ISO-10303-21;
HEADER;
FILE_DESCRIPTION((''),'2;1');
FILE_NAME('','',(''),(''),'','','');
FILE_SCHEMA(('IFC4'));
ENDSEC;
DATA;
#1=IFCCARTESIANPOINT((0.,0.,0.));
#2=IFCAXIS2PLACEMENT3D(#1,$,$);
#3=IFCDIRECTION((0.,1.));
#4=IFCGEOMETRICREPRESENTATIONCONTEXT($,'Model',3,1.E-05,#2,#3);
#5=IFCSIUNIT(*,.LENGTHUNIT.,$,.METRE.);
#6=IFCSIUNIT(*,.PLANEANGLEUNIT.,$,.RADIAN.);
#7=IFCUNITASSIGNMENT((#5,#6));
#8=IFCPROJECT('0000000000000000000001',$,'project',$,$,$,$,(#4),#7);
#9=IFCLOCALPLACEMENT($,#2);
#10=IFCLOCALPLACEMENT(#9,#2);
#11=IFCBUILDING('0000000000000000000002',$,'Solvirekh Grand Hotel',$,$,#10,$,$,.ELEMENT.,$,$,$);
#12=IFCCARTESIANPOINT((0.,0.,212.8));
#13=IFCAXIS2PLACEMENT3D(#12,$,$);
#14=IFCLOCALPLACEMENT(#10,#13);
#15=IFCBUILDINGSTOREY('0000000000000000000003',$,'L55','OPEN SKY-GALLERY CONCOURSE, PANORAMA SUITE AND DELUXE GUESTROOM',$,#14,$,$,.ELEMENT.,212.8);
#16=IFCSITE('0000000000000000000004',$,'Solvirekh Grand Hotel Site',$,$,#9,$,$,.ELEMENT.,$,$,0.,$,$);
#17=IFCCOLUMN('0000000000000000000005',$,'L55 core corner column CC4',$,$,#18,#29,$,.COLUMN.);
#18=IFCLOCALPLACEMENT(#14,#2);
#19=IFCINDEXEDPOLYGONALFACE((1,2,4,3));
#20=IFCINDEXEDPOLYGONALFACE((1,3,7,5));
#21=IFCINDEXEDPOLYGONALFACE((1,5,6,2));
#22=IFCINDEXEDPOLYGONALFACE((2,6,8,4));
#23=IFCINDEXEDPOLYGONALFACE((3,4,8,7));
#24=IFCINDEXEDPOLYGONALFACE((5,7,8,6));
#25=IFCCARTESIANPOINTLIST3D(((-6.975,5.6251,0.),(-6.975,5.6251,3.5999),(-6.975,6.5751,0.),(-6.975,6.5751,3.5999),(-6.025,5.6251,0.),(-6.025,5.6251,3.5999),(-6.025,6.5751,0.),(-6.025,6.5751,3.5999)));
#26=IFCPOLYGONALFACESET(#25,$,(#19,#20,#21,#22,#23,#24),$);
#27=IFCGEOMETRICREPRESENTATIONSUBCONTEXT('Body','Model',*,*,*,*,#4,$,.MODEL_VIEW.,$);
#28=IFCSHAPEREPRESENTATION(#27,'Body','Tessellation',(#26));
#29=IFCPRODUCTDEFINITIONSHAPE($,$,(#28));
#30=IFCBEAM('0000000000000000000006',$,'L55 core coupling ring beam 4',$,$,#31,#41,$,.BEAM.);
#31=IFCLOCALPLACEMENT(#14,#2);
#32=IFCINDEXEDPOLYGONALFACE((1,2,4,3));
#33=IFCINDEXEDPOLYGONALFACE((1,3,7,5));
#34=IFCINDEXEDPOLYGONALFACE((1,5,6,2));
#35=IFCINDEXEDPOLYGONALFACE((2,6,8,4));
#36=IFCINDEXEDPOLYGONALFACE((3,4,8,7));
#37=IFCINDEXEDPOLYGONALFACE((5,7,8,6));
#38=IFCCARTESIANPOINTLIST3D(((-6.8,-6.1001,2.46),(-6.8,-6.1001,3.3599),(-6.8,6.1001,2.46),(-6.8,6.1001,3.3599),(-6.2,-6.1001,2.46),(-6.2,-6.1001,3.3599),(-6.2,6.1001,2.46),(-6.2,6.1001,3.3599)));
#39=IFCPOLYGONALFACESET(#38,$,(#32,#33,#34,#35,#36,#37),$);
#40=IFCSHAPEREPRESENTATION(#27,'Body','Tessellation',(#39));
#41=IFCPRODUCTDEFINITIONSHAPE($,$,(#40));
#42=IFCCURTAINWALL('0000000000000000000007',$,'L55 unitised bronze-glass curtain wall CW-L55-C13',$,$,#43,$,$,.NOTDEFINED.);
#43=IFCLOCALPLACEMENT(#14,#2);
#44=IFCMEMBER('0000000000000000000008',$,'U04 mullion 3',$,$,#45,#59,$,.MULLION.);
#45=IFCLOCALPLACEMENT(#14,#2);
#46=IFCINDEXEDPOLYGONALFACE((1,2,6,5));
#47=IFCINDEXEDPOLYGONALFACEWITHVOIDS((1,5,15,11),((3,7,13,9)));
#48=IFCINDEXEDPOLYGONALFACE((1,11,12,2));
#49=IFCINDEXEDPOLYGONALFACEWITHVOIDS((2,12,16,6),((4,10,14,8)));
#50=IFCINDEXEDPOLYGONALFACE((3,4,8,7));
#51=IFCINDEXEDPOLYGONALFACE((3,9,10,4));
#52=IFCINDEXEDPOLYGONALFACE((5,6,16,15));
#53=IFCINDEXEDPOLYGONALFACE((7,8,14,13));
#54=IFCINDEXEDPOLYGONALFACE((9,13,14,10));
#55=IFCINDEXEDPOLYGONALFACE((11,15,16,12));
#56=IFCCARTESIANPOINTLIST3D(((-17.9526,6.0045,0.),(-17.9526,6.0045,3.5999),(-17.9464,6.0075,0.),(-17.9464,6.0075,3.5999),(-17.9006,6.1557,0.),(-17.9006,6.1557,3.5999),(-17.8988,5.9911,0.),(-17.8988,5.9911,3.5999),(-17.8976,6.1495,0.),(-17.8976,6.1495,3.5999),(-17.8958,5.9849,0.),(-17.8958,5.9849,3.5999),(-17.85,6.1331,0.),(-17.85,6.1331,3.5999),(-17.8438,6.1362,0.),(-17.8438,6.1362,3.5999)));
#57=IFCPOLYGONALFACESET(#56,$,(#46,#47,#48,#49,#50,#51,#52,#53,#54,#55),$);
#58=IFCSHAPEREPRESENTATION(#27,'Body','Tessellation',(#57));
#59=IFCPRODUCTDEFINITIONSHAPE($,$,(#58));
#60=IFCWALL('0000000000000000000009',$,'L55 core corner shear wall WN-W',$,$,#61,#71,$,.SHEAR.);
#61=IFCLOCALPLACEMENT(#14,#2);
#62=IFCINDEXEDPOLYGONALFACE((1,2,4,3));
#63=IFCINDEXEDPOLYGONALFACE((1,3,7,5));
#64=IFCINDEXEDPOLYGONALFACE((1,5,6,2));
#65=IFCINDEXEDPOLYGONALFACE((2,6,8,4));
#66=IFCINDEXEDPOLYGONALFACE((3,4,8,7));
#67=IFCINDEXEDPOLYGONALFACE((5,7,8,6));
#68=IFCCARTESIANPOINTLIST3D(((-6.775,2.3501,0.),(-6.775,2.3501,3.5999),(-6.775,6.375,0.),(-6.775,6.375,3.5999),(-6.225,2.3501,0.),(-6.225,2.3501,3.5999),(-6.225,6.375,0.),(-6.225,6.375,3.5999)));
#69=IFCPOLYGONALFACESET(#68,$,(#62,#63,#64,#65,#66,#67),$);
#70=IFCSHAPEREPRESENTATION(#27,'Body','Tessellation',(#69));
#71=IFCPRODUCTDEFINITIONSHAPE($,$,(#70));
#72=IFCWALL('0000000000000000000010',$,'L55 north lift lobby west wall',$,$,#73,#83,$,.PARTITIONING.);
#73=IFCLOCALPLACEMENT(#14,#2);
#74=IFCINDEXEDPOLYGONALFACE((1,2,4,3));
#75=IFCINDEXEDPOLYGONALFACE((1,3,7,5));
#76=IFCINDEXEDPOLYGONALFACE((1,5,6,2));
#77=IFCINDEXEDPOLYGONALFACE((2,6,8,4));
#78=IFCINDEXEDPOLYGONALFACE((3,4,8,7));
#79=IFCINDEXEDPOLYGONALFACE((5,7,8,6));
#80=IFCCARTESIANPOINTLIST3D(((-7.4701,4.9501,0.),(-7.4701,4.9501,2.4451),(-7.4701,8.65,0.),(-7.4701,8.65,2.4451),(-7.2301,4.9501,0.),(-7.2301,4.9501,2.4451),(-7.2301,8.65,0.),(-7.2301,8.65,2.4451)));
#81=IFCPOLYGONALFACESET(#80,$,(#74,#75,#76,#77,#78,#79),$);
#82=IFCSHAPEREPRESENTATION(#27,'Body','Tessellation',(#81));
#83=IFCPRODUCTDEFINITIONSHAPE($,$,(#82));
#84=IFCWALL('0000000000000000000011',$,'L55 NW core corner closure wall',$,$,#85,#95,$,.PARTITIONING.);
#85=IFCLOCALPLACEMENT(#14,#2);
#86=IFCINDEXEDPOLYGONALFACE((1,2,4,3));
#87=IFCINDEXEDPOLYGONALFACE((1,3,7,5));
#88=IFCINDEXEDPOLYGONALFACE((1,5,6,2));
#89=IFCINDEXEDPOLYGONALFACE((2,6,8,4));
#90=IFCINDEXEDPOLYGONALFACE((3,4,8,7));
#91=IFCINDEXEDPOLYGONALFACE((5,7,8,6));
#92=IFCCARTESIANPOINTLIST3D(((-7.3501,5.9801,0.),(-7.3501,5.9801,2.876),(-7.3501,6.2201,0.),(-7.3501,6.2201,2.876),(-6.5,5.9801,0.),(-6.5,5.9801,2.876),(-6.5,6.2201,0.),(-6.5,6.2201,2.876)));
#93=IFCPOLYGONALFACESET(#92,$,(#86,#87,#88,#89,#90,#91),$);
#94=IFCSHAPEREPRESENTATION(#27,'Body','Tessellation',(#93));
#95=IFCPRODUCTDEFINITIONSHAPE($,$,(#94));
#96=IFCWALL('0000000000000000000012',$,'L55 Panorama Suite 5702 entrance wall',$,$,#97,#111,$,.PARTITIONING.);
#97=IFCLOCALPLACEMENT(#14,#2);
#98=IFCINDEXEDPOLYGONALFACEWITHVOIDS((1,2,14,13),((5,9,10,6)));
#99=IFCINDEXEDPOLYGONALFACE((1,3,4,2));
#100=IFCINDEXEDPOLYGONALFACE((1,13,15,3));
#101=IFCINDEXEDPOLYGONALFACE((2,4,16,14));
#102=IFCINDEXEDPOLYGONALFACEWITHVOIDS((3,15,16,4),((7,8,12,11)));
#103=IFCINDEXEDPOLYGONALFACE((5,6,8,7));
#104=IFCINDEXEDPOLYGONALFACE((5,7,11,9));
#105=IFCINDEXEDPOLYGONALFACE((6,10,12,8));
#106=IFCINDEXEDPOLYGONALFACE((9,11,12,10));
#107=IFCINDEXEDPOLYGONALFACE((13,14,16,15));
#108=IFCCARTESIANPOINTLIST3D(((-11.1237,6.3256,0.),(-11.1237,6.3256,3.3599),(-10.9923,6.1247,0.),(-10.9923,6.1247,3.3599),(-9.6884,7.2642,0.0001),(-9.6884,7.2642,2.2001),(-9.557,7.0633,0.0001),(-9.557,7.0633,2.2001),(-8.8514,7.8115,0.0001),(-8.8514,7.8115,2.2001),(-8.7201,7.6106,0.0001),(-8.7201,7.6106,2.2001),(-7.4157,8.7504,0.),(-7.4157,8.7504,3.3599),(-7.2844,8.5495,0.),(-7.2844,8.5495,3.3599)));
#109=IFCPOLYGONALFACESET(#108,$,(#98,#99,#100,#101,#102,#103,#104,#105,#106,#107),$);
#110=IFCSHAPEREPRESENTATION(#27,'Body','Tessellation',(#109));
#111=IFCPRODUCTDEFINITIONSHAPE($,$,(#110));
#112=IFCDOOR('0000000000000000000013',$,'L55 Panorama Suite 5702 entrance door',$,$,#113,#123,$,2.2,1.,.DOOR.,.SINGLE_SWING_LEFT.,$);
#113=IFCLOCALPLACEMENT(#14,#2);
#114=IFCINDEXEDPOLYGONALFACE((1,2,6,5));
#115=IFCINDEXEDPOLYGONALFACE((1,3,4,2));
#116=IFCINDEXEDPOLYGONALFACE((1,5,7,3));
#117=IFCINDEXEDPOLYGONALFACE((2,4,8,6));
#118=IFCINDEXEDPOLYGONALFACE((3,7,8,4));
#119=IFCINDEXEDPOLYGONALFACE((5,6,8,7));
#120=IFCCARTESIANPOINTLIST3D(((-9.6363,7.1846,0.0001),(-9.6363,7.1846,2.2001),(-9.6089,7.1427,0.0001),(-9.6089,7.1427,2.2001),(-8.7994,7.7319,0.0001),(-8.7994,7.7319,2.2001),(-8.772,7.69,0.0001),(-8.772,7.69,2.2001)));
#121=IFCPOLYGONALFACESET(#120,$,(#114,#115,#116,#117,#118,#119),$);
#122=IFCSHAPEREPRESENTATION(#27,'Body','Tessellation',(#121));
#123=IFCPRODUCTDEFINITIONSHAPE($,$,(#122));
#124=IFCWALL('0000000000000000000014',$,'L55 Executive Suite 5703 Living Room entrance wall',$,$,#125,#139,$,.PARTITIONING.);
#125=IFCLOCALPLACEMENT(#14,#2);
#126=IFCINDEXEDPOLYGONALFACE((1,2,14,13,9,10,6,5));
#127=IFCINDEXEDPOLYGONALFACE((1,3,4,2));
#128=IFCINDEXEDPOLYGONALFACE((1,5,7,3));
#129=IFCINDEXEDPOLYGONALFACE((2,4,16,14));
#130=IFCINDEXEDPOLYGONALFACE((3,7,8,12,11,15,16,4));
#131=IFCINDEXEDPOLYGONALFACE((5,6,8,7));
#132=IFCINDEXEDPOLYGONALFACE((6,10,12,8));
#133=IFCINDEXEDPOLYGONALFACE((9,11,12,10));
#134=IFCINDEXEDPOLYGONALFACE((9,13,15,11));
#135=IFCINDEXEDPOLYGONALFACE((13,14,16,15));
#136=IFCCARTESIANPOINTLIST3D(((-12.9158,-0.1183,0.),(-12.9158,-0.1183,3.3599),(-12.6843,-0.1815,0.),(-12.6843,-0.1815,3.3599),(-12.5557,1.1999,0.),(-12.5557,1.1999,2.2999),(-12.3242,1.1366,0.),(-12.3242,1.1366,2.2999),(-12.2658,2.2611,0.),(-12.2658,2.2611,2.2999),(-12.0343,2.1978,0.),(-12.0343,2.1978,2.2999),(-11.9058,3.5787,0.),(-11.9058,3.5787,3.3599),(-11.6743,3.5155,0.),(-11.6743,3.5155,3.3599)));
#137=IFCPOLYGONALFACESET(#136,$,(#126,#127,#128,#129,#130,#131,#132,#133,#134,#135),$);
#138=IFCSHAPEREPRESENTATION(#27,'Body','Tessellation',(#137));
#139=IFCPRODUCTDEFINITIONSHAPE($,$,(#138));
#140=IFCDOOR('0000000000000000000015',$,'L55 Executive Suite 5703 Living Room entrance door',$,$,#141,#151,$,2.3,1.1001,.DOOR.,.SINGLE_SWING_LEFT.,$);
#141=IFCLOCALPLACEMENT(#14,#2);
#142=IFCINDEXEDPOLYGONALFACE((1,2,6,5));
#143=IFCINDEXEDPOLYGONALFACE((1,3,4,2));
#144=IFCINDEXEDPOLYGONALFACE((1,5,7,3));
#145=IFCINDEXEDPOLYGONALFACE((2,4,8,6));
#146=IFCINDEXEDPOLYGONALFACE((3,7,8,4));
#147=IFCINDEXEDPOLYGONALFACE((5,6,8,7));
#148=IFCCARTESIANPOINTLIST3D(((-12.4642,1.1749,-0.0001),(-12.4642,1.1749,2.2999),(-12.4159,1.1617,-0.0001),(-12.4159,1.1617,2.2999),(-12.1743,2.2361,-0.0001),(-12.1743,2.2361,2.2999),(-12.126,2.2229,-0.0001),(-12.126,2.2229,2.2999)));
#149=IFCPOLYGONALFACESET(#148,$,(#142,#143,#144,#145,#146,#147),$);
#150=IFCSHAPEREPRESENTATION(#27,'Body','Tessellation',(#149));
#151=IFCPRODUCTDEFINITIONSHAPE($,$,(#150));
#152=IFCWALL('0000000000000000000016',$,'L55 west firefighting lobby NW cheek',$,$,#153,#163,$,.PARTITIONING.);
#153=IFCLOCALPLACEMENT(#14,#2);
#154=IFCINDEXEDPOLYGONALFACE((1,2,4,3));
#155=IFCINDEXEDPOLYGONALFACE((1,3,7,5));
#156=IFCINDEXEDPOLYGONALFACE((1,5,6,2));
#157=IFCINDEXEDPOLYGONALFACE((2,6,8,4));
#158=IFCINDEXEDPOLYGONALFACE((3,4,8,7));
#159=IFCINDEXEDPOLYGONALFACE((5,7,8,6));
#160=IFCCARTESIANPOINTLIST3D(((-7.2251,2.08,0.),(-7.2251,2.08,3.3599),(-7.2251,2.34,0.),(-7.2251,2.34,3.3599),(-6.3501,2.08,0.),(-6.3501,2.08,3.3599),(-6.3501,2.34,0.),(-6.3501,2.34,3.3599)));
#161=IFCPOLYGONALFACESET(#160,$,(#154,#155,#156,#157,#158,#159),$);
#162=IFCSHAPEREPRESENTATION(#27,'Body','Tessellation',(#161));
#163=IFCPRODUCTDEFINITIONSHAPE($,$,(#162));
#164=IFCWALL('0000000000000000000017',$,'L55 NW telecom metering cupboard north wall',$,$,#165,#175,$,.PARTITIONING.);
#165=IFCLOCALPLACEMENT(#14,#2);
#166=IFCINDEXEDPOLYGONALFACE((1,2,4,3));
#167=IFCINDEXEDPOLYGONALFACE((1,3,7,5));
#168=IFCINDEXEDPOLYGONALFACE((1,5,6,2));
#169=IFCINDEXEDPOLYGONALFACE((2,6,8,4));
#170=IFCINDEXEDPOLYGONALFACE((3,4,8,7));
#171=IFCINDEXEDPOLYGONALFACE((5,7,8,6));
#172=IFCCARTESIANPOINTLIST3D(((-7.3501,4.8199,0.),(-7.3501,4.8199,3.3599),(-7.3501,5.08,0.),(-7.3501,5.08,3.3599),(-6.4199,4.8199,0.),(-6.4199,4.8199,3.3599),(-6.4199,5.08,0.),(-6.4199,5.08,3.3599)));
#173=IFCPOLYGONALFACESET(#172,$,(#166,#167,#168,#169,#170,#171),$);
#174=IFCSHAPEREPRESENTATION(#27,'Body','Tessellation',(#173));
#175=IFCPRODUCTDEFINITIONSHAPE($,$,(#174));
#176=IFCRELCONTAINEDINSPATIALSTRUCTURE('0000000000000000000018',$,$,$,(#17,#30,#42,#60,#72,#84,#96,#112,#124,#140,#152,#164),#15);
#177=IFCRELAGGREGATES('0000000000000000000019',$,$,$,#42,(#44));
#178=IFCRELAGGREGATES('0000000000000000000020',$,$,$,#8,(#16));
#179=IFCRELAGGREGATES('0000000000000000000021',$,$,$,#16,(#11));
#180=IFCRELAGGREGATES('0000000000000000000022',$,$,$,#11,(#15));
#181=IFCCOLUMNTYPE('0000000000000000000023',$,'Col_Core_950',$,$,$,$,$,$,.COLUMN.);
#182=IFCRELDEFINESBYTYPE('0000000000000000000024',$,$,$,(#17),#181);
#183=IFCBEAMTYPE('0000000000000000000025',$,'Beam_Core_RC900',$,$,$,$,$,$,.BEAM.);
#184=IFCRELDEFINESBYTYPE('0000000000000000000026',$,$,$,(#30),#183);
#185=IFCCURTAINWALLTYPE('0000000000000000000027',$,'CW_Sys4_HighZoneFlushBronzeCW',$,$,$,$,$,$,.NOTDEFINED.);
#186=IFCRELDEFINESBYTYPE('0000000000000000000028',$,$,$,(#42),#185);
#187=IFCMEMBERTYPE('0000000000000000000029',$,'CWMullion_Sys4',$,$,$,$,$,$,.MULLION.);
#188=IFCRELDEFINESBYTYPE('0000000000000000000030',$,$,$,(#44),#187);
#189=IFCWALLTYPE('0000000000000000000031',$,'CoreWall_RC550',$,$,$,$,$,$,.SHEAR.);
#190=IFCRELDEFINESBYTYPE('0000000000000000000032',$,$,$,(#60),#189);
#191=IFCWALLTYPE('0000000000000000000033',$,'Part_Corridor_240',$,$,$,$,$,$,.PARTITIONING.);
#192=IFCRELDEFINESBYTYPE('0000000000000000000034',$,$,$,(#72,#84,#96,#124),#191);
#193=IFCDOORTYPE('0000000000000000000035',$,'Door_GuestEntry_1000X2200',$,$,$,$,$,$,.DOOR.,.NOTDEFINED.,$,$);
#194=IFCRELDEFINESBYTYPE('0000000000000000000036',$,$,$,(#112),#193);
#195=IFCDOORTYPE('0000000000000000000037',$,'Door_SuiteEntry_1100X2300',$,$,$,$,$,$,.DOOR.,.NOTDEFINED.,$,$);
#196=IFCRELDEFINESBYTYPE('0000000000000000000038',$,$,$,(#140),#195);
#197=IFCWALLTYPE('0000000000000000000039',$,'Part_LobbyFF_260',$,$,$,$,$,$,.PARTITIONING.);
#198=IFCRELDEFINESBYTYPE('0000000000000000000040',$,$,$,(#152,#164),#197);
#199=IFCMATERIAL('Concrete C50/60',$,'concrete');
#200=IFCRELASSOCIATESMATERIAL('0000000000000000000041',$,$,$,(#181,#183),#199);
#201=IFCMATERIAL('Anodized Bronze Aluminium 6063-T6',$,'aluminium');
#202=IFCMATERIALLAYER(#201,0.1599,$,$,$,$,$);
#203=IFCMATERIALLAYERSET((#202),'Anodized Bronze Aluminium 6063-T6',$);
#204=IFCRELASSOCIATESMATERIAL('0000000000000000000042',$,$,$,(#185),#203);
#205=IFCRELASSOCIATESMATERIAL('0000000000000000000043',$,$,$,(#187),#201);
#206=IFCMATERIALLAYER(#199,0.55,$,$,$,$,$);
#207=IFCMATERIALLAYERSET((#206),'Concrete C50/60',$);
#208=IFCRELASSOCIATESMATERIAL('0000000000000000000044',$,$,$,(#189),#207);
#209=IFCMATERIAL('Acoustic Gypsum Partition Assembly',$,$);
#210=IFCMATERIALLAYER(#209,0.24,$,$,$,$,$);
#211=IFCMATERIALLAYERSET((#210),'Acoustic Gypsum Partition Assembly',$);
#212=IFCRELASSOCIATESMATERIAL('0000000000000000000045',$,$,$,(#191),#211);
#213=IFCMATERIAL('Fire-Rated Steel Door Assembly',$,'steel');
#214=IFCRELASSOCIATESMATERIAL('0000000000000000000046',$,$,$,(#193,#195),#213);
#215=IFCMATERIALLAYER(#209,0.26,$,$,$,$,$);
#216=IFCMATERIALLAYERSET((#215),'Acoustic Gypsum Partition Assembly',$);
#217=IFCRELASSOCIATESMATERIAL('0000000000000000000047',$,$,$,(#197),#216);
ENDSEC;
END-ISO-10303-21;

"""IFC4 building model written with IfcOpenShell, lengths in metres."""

from ifc_helpers import new_model, si_unit, direction, frame, frame_2d, origin, origin_2d, place, context, subcontext, project, spatial, rectangle, hollow_rectangle, extrude, source, transform, mapped, material, layer, layer_set, material_profile, profile_set, type_object, element, fill, aggregate, save


model = new_model("IFC4")

# Units and contexts
model_context = context("Model", 3, precision=1e-05, world=origin(), true_north=direction((0.0, 1.0)))
body_context = subcontext(model_context, "Body", "Model", "MODEL_VIEW")
ifc_project = project(units=[si_unit("LENGTHUNIT", "METRE"), si_unit("PLANEANGLEUNIT", "RADIAN")], contexts=[model_context])

# Site, building, storey
site_placement = place(None, origin())
site = spatial("IfcSite", under=ifc_project, at=site_placement, Name="Solvirekh Grand Hotel Site", CompositionType="ELEMENT", RefElevation=0.0)
building_placement = place(site_placement, origin())
building = spatial("IfcBuilding", under=site, at=building_placement, Name="Solvirekh Grand Hotel", CompositionType="ELEMENT")
storey_placement = place(building_placement, frame((0.0, 0.0, 212.8)))
storey = spatial("IfcBuildingStorey", under=building, at=storey_placement, Name="L55", Description="OPEN SKY-GALLERY CONCOURSE, PANORAMA SUITE AND DELUXE GUESTROOM", CompositionType="ELEMENT", Elevation=212.8)

# Column
ifc_material_1 = material(Name="Concrete C50/60", Category="concrete")
ifc_material_profile_1 = material_profile(ifc_material_1, rectangle(XDim=0.95, YDim=0.95, at=origin_2d()), Name="RC 950X950")
ifc_profile_set_1 = profile_set([ifc_material_profile_1], Name="Concrete C50/60")
column_type = type_object("IfcColumnType", Name="Col_Core_950", PredefinedType="COLUMN", material=ifc_profile_set_1)
column_placement = place(storey_placement, frame((-6.5, 6.1001, 0.0), z_axis=(0.0, 0.0, 1.0), x_axis=(1.0, 0.0, 0.0)))
element("IfcColumn", 1, at=column_placement, inside=storey, type_object=column_type, Name="L55 core corner column CC4", PredefinedType="COLUMN", context=body_context, shape_type="SweptSolid", body=[
    extrude(rectangle(XDim=0.95, YDim=0.95, at=origin_2d()), origin(), (0.0, 0.0, 1.0), 3.5999),
])

# Beam
ifc_material_profile_2 = material_profile(ifc_material_1, rectangle(XDim=0.6001, YDim=0.8999, at=origin_2d()), Name="RC BEAM 600X900")
ifc_profile_set_2 = profile_set([ifc_material_profile_2], Name="Concrete C50/60")
beam_type = type_object("IfcBeamType", Name="Beam_Core_RC900", PredefinedType="BEAM", material=ifc_profile_set_2)
beam_placement = place(storey_placement, frame((-6.5, 6.1001, 2.9099), z_axis=(0.0, -1.0, 0.0), x_axis=(1.0, 0.0, 0.0)))
element("IfcBeam", 2, at=beam_placement, inside=storey, type_object=beam_type, Name="L55 core coupling ring beam 4", PredefinedType="BEAM", context=body_context, shape_type="SweptSolid", body=[
    extrude(rectangle(XDim=0.6001, YDim=0.8999, at=origin_2d()), origin(), (0.0, 0.0, 1.0), 12.2002),
])

# Curtain wall, member
ifc_material_2 = material(Name="Anodized Bronze Aluminium 6063-T6", Category="aluminium")
ifc_layer_1 = layer(ifc_material_2, 0.1599)
ifc_layer_set_1 = layer_set([ifc_layer_1], Name="Anodized Bronze Aluminium 6063-T6")
curtain_wall_type = type_object("IfcCurtainWallType", Name="CW_Sys4_HighZoneFlushBronzeCW", PredefinedType="NOTDEFINED", material=ifc_layer_set_1)
curtain_wall_placement = place(storey_placement, origin())
curtain_wall = element("IfcCurtainWall", 3, at=curtain_wall_placement, inside=storey, type_object=curtain_wall_type, Name="L55 unitised bronze-glass curtain wall CW-L55-C13", PredefinedType="NOTDEFINED")
ifc_material_profile_3 = material_profile(ifc_material_2, hollow_rectangle(XDim=0.0601, YDim=0.1599, WallThickness=0.0049, at=origin_2d()), Name="ALU RHS 160X60X5")
ifc_profile_set_3 = profile_set([ifc_material_profile_3], Name="Anodized Bronze Aluminium 6063-T6")
member_type = type_object("IfcMemberType", Name="CWMullion_Sys4", PredefinedType="MULLION", material=ifc_profile_set_3)
shared_shape = source(origin(), body_context, "Body", "SweptSolid", [
    extrude(hollow_rectangle(XDim=0.0601, YDim=0.1599, WallThickness=0.0049, at=origin_2d()), origin(), (0.0, 0.0, 1.0), 3.5999),
])
member_placement = place(storey_placement, frame((-17.8982, 6.0703, 0.0), z_axis=(0.0, 0.0, 1.0), x_axis=(0.945635, -0.325228, 0.0)))
member = element("IfcMember", 4, at=member_placement, type_object=member_type, Name="U04 mullion 3", PredefinedType="MULLION", context=body_context, shape_type="MappedRepresentation", body=[
    mapped(shared_shape, transform((0.0, 0.0, 0.0), x_axis=(1.0, 0.0, 0.0), y_axis=(0.0, 1.0, 0.0), z_axis=(0.0, 0.0, 1.0), scale=1.0)),
])
aggregate(curtain_wall, [member])

# Walls
ifc_layer_2 = layer(ifc_material_1, 0.55)
ifc_layer_set_2 = layer_set([ifc_layer_2], Name="Concrete C50/60")
wall_type_1 = type_object("IfcWallType", Name="CoreWall_RC550", PredefinedType="SHEAR", material=ifc_layer_set_2)
wall_1_placement = place(storey_placement, frame((-6.5, 2.3501, 0.0), z_axis=(0.0, 0.0, 1.0), x_axis=(0.0, 1.0, 0.0)))
element("IfcWall", 5, at=wall_1_placement, inside=storey, type_object=wall_type_1, Name="L55 core corner shear wall WN-W", PredefinedType="SHEAR", context=body_context, shape_type="SweptSolid", body=[
    extrude(rectangle(XDim=4.0249, YDim=0.55, at=frame_2d((2.0125, 0.0))), origin(), (0.0, 0.0, 1.0), 3.5999),
])
ifc_material_3 = material(Name="Acoustic Gypsum Partition Assembly")
ifc_layer_3 = layer(ifc_material_3, 0.24)
ifc_layer_set_3 = layer_set([ifc_layer_3], Name="Acoustic Gypsum Partition Assembly")
wall_type_2 = type_object("IfcWallType", Name="Part_Corridor_240", PredefinedType="PARTITIONING", material=ifc_layer_set_3)
wall_2_placement = place(storey_placement, frame((-7.3501, 4.95, 0.0), z_axis=(0.0, 0.0, 1.0), x_axis=(0.0, 1.0, 0.0)))
element("IfcWall", 6, at=wall_2_placement, inside=storey, type_object=wall_type_2, Name="L55 north lift lobby west wall", PredefinedType="PARTITIONING", context=body_context, shape_type="SweptSolid", body=[
    extrude(rectangle(XDim=3.7, YDim=0.24, at=frame_2d((1.8501, 0.0))), origin(), (0.0, 0.0, 1.0), 2.4451),
])
wall_3_placement = place(storey_placement, frame((-7.3501, 6.1001, 0.0), z_axis=(0.0, 0.0, 1.0), x_axis=(1.0, 0.0, 0.0)))
element("IfcWall", 7, at=wall_3_placement, inside=storey, type_object=wall_type_2, Name="L55 NW core corner closure wall", PredefinedType="PARTITIONING", context=body_context, shape_type="SweptSolid", body=[
    extrude(rectangle(XDim=0.8501, YDim=0.24, at=frame_2d((0.425, 0.0))), origin(), (0.0, 0.0, 1.0), 2.876),
])

# Walls, openings, doors
wall_4_placement = place(storey_placement, frame((-11.0581, 6.2251, 0.0), z_axis=(0.0, 0.0, 1.0), x_axis=(0.836935, 0.547303, 0.0)))
wall_4 = element("IfcWall", 8, at=wall_4_placement, inside=storey, type_object=wall_type_2, Name="L55 Panorama Suite 5702 entrance wall", PredefinedType="PARTITIONING", context=body_context, shape_type="SweptSolid", body=[
    extrude(rectangle(XDim=4.4304, YDim=0.24, at=frame_2d((2.2153, 0.0))), origin(), (0.0, 0.0, 1.0), 3.3599),
])
opening_1_placement = place(wall_4_placement, frame((1.7151, 0.0, 0.0)))
opening_1 = element("IfcOpeningElement", 9, at=opening_1_placement, cuts=wall_4, PredefinedType="OPENING", context=body_context, shape_type="SweptSolid", body=[
    extrude(rectangle(XDim=1.0, YDim=2.2, at=frame_2d((0.5, 1.1001))), frame((0.0, 0.1299, 0.0), z_axis=(0.0, -1.0, 0.0), x_axis=(1.0, 0.0, 0.0)), (0.0, 0.0, 1.0), 0.26),
])
ifc_material_4 = material(Name="Fire-Rated Steel Door Assembly", Category="steel")
door_type_1 = type_object("IfcDoorType", Name="Door_GuestEntry_1000X2200", OperationType="NOTDEFINED", PredefinedType="DOOR", material=ifc_material_4)
door_1_placement = place(opening_1_placement, origin())
door_1 = element("IfcDoor", 10, at=door_1_placement, inside=storey, type_object=door_type_1, Name="L55 Panorama Suite 5702 entrance door", OperationType="SINGLE_SWING_LEFT", OverallHeight=2.2, OverallWidth=1.0, PredefinedType="DOOR", context=body_context, shape_type="SweptSolid", body=[
    extrude(rectangle(XDim=1.0, YDim=2.2, at=frame_2d((0.5, 1.1001))), frame((0.0, 0.0249, 0.0), z_axis=(0.0, -1.0, 0.0), x_axis=(1.0, 0.0, 0.0)), (0.0, 0.0, 1.0), 0.05),
])
fill(opening_1, door_1)
wall_5_placement = place(storey_placement, frame((-11.79, 3.5471, 0.0), z_axis=(0.0, 0.0, 1.0), x_axis=(-0.263538, -0.964649, 0.0)))
wall_5 = element("IfcWall", 11, at=wall_5_placement, inside=storey, type_object=wall_type_2, Name="L55 Executive Suite 5703 Living Room entrance wall", PredefinedType="PARTITIONING", context=body_context, shape_type="SweptSolid", body=[
    extrude(rectangle(XDim=3.8325, YDim=0.24, at=frame_2d((1.9163, 0.0))), origin(), (0.0, 0.0, 1.0), 3.3599),
])
opening_2_placement = place(wall_5_placement, frame((1.366, 0.0, 0.0)))
opening_2 = element("IfcOpeningElement", 12, at=opening_2_placement, cuts=wall_5, PredefinedType="OPENING", context=body_context, shape_type="SweptSolid", body=[
    extrude(rectangle(XDim=1.1001, YDim=2.3, at=frame_2d((0.55, 1.1499))), frame((0.0, 0.1299, 0.0), z_axis=(0.0, -1.0, 0.0), x_axis=(1.0, 0.0, 0.0)), (0.0, 0.0, 1.0), 0.26),
])
door_type_2 = type_object("IfcDoorType", Name="Door_SuiteEntry_1100X2300", OperationType="NOTDEFINED", PredefinedType="DOOR", material=ifc_material_4)
door_2_placement = place(opening_2_placement, origin())
door_2 = element("IfcDoor", 13, at=door_2_placement, inside=storey, type_object=door_type_2, Name="L55 Executive Suite 5703 Living Room entrance door", OperationType="SINGLE_SWING_LEFT", OverallHeight=2.3, OverallWidth=1.1001, PredefinedType="DOOR", context=body_context, shape_type="SweptSolid", body=[
    extrude(rectangle(XDim=1.1001, YDim=2.3, at=frame_2d((0.55, 1.1499))), frame((0.0, 0.0249, 0.0), z_axis=(0.0, -1.0, 0.0), x_axis=(1.0, 0.0, 0.0)), (0.0, 0.0, 1.0), 0.05),
])
fill(opening_2, door_2)

# Walls
ifc_layer_4 = layer(ifc_material_3, 0.26)
ifc_layer_set_4 = layer_set([ifc_layer_4], Name="Acoustic Gypsum Partition Assembly")
wall_type_3 = type_object("IfcWallType", Name="Part_LobbyFF_260", PredefinedType="PARTITIONING", material=ifc_layer_set_4)
wall_6_placement = place(storey_placement, frame((-7.2251, 2.21, 0.0), z_axis=(0.0, 0.0, 1.0), x_axis=(1.0, 0.0, 0.0)))
element("IfcWall", 14, at=wall_6_placement, inside=storey, type_object=wall_type_3, Name="L55 west firefighting lobby NW cheek", PredefinedType="PARTITIONING", context=body_context, shape_type="SweptSolid", body=[
    extrude(rectangle(XDim=0.875, YDim=0.26, at=frame_2d((0.4375, 0.0))), origin(), (0.0, 0.0, 1.0), 3.3599),
])
for number, where, z_axis, x_axis, name in (
    (15, (-7.3501, 4.95, 0.0), (0.0, 0.0, 1.0), (1.0, 0.0, 0.0), "L55 NW telecom metering cupboard north wall"),
):
    element("IfcWall", number, at=place(storey_placement, frame(where, z_axis=z_axis, x_axis=x_axis)), inside=storey, type_object=wall_type_3, Name=name, PredefinedType="PARTITIONING", context=body_context, shape_type="SweptSolid", body=[
        extrude(rectangle(XDim=0.9302, YDim=0.26, at=frame_2d((0.4651, 0.0))), origin(), (0.0, 0.0, 1.0), 3.3599),
    ])

save(model, "model.ifc")
